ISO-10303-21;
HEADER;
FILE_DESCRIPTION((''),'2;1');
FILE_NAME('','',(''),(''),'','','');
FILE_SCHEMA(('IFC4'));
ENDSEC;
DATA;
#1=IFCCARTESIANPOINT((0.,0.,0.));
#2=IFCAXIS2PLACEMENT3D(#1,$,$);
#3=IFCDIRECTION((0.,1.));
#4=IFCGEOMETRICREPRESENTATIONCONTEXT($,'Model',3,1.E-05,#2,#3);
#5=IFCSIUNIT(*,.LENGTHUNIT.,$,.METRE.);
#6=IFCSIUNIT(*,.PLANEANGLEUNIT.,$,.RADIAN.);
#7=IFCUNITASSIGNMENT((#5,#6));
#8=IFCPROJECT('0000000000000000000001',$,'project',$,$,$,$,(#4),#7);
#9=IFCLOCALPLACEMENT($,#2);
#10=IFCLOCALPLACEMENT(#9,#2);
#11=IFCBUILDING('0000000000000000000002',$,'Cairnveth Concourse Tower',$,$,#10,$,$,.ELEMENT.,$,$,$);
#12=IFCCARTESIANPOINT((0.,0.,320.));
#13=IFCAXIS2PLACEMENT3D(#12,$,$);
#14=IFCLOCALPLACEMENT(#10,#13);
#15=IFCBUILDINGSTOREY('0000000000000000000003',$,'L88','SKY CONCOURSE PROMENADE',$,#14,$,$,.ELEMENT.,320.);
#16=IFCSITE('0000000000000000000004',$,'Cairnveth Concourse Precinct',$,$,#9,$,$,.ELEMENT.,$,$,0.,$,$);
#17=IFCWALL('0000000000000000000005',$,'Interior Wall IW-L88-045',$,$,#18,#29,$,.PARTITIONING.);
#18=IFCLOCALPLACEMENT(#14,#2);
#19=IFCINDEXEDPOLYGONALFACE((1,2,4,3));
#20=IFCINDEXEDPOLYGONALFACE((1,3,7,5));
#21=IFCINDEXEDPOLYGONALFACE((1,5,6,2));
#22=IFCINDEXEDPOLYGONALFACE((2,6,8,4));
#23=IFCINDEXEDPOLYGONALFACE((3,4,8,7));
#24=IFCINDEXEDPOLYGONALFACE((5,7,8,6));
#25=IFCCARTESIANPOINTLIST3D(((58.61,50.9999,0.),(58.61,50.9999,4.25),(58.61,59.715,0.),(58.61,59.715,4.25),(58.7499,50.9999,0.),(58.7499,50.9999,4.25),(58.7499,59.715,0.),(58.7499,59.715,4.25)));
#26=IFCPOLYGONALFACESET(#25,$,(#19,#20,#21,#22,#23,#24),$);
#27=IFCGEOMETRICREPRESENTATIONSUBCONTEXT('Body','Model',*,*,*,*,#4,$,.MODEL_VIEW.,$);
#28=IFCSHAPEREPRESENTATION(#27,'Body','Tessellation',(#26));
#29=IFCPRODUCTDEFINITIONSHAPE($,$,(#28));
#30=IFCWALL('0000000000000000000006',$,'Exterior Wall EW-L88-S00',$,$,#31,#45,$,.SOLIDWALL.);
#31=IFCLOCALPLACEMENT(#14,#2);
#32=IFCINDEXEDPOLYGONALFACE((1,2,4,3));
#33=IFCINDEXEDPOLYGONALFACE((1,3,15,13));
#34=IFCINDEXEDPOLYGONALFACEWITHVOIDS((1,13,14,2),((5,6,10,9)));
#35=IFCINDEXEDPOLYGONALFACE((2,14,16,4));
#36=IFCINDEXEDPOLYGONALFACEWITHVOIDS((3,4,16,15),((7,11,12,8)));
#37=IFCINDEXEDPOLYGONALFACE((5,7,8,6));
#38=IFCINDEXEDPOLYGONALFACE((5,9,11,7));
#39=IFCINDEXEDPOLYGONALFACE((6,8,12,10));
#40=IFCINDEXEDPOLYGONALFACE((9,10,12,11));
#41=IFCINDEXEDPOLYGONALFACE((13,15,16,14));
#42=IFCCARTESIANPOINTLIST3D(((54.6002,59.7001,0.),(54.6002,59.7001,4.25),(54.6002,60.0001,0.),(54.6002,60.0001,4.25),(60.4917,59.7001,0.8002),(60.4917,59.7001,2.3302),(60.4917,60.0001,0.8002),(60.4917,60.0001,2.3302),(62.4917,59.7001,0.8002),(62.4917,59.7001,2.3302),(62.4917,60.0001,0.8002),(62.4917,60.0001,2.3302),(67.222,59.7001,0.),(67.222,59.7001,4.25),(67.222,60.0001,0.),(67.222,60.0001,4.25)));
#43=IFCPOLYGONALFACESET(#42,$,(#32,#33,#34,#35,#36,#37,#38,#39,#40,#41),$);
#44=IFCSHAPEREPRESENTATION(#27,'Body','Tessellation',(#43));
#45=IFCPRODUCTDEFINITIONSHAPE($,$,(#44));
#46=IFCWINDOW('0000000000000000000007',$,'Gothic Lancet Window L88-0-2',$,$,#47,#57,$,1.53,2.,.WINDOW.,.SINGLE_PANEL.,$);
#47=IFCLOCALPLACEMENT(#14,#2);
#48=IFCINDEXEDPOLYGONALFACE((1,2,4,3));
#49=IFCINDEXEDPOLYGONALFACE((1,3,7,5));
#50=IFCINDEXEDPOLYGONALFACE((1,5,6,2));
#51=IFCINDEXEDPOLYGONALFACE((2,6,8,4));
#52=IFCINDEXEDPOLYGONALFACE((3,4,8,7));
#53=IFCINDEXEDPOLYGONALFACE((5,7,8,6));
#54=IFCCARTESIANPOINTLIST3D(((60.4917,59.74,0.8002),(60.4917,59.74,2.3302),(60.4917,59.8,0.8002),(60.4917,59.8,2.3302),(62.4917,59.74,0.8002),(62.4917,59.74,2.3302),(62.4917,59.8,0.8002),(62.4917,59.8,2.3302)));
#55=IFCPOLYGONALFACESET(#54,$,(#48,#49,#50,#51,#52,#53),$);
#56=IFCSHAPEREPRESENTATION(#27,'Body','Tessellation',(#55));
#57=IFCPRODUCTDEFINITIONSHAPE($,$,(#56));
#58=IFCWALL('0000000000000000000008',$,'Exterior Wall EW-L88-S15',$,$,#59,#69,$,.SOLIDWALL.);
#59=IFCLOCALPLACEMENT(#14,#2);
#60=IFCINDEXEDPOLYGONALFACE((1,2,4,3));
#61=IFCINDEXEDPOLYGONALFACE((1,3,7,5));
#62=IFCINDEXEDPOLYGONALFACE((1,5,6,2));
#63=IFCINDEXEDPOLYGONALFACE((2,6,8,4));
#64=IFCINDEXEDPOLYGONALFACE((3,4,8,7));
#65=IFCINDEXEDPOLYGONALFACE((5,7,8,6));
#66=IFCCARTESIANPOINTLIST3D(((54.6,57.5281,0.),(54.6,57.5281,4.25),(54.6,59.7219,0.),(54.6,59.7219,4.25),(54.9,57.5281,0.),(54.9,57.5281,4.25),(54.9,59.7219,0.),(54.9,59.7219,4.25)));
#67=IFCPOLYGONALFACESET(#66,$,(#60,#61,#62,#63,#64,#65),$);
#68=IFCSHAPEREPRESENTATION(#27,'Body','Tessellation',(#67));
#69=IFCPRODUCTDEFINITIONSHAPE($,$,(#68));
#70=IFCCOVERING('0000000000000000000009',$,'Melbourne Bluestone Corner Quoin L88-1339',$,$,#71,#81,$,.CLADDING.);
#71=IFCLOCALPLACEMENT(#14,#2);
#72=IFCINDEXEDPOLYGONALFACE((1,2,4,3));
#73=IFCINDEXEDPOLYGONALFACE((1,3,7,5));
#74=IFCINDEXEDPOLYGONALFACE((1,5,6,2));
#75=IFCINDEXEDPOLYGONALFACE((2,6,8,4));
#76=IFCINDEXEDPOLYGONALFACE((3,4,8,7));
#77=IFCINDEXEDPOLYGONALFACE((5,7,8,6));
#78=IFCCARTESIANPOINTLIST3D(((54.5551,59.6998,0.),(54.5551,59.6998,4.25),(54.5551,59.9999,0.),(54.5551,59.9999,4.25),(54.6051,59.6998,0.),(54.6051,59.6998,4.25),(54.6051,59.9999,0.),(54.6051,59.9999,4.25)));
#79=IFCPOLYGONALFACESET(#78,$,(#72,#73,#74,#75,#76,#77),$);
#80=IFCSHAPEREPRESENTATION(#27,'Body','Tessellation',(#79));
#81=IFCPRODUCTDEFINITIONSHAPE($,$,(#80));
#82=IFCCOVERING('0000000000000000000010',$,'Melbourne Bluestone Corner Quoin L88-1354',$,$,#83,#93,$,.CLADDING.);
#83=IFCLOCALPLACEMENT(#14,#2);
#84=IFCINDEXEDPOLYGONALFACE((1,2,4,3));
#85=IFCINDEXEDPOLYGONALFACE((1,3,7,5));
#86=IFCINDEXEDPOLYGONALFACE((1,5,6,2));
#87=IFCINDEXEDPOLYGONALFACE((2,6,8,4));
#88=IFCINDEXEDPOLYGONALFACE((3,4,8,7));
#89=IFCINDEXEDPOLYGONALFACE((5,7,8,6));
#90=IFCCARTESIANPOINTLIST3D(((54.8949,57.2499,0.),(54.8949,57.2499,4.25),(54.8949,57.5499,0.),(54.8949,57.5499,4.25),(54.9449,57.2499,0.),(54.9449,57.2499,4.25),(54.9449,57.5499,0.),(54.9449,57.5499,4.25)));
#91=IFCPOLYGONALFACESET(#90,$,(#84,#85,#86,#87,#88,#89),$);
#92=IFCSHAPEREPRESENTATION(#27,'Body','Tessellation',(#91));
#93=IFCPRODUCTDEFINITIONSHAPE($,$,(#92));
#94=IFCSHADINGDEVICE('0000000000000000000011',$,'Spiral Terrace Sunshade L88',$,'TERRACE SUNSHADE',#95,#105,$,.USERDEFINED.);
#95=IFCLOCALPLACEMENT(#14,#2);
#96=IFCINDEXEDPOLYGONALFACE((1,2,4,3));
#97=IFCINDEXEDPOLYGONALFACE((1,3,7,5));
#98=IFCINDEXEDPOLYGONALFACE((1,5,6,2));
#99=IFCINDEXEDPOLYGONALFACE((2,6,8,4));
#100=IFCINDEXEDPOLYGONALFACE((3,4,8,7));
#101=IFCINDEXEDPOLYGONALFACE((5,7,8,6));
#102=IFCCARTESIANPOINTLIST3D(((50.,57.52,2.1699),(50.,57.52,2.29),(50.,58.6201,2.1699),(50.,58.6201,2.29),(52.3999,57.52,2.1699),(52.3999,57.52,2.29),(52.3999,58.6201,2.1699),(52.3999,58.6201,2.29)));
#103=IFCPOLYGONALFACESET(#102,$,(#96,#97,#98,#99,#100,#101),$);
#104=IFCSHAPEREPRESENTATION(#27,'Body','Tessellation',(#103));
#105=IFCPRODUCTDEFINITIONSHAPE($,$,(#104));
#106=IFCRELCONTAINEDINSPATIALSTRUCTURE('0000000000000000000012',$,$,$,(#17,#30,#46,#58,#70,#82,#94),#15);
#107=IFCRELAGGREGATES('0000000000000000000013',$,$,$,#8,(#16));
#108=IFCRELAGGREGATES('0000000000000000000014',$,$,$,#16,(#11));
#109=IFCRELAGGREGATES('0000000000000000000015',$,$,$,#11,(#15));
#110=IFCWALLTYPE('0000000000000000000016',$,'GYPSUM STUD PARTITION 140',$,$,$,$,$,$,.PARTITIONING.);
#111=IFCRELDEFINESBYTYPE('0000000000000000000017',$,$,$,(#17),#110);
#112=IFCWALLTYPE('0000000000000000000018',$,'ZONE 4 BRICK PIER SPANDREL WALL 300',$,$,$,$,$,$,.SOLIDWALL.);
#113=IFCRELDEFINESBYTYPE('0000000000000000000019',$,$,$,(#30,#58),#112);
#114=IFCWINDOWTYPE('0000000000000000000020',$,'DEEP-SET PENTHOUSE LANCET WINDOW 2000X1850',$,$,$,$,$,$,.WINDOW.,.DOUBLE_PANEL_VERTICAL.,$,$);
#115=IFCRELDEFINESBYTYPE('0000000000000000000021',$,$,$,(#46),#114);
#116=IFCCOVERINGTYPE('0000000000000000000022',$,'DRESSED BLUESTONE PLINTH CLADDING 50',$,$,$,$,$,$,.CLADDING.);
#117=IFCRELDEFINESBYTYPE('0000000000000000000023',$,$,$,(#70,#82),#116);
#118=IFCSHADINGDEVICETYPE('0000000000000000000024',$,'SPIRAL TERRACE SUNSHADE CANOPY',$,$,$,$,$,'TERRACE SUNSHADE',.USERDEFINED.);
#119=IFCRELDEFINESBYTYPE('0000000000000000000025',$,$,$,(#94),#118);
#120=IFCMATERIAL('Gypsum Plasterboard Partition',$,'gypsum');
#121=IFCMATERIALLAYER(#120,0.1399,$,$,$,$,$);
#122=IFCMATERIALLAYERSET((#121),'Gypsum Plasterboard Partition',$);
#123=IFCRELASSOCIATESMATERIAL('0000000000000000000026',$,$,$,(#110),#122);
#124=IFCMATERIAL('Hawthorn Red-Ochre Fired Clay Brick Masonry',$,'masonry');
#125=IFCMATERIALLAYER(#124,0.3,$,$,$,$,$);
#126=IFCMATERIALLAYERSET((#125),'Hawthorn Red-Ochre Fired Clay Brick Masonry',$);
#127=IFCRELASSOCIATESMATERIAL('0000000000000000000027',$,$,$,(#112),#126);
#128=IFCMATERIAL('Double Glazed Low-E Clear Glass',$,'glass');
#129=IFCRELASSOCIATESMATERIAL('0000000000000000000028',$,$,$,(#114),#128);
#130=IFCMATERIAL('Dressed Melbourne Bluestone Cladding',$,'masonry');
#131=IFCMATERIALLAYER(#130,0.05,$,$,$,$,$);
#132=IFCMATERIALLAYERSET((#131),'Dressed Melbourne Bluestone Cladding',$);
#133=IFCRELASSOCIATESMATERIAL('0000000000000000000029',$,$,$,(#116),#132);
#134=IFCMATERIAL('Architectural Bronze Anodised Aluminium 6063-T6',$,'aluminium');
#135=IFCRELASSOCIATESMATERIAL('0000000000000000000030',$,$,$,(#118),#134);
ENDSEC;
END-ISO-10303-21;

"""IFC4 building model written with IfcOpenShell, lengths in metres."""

from ifc_helpers import new_model, si_unit, direction, frame, frame_2d, origin, origin_2d, place, context, subcontext, project, spatial, rectangle, extrude, material, layer, layer_set, type_object, element, fill, save


model = new_model("IFC4")

# Units and contexts
model_context = context("Model", 3, precision=1e-05, world=origin(), true_north=direction((0.0, 1.0)))
body_context = subcontext(model_context, "Body", "Model", "MODEL_VIEW")
ifc_project = project(units=[si_unit("LENGTHUNIT", "METRE"), si_unit("PLANEANGLEUNIT", "RADIAN")], contexts=[model_context])

# Site, building, storey
site_placement = place(None, origin())
site = spatial("IfcSite", under=ifc_project, at=site_placement, Name="Cairnveth Concourse Precinct", CompositionType="ELEMENT", RefElevation=0.0)
building_placement = place(site_placement, origin())
building = spatial("IfcBuilding", under=site, at=building_placement, Name="Cairnveth Concourse Tower", CompositionType="ELEMENT")
storey_placement = place(building_placement, frame((0.0, 0.0, 320.0)))
storey = spatial("IfcBuildingStorey", under=building, at=storey_placement, Name="L88", Description="SKY CONCOURSE PROMENADE", CompositionType="ELEMENT", Elevation=320.0)

# Wall
ifc_material_1 = material(Name="Gypsum Plasterboard Partition", Category="gypsum")
ifc_layer_1 = layer(ifc_material_1, 0.1399)
ifc_layer_set_1 = layer_set([ifc_layer_1], Name="Gypsum Plasterboard Partition")
wall_type_1 = type_object("IfcWallType", Name="GYPSUM STUD PARTITION 140", PredefinedType="PARTITIONING", material=ifc_layer_set_1)
wall_1_placement = place(storey_placement, frame((58.6799, 51.0, 0.0), z_axis=(0.0, 0.0, 1.0), x_axis=(0.0, 1.0, 0.0)))
element("IfcWall", 1, at=wall_1_placement, inside=storey, type_object=wall_type_1, Name="Interior Wall IW-L88-045", PredefinedType="PARTITIONING", context=body_context, shape_type="SweptSolid", body=[
    extrude(rectangle(XDim=8.7151, YDim=0.1399, at=frame_2d((4.3574, 0.0))), origin(), (0.0, 0.0, 1.0), 4.25),
])

# Wall, opening, window
ifc_material_2 = material(Name="Hawthorn Red-Ochre Fired Clay Brick Masonry", Category="masonry")
ifc_layer_2 = layer(ifc_material_2, 0.3)
ifc_layer_set_2 = layer_set([ifc_layer_2], Name="Hawthorn Red-Ochre Fired Clay Brick Masonry")
wall_type_2 = type_object("IfcWallType", Name="ZONE 4 BRICK PIER SPANDREL WALL 300", PredefinedType="SOLIDWALL", material=ifc_layer_set_2)
wall_2_placement = place(storey_placement, frame((54.6001, 59.8501, 0.0), z_axis=(0.0, 0.0, 1.0), x_axis=(1.0, 0.0, 0.0)))
wall_2 = element("IfcWall", 2, at=wall_2_placement, inside=storey, type_object=wall_type_2, Name="Exterior Wall EW-L88-S00", PredefinedType="SOLIDWALL", context=body_context, shape_type="SweptSolid", body=[
    extrude(rectangle(XDim=12.6218, YDim=0.3, at=frame_2d((6.311, 0.0))), origin(), (0.0, 0.0, 1.0), 4.25),
])
opening_placement = place(wall_2_placement, frame((5.8916, 0.0, 0.8)))
opening = element("IfcOpeningElement", 3, at=opening_placement, cuts=wall_2, PredefinedType="OPENING", context=body_context, shape_type="SweptSolid", body=[
    extrude(rectangle(XDim=2.0, YDim=1.53, at=frame_2d((1.0, 0.7651))), frame((0.0, 0.1599, 0.0), z_axis=(0.0, -1.0, 0.0), x_axis=(1.0, 0.0, 0.0)), (0.0, 0.0, 1.0), 0.3201),
])
ifc_material_3 = material(Name="Double Glazed Low-E Clear Glass", Category="glass")
window_type = type_object("IfcWindowType", Name="DEEP-SET PENTHOUSE LANCET WINDOW 2000X1850", PartitioningType="DOUBLE_PANEL_VERTICAL", PredefinedType="WINDOW", material=ifc_material_3)
window_placement = place(opening_placement, origin())
window = element("IfcWindow", 4, at=window_placement, inside=storey, type_object=window_type, Name="Gothic Lancet Window L88-0-2", OverallHeight=1.53, OverallWidth=2.0, PartitioningType="SINGLE_PANEL", PredefinedType="WINDOW", context=body_context, shape_type="SweptSolid", body=[
    extrude(rectangle(XDim=2.0, YDim=1.53, at=frame_2d((1.0, 0.7651))), frame((0.0, -0.05, 0.0), z_axis=(0.0, -1.0, 0.0), x_axis=(1.0, 0.0, 0.0)), (0.0, 0.0, 1.0), 0.0601),
])
fill(opening, window)

# Wall
wall_3_placement = place(storey_placement, frame((54.75, 57.5281, 0.0), z_axis=(0.0, 0.0, 1.0), x_axis=(0.0, 1.0, 0.0)))
element("IfcWall", 5, at=wall_3_placement, inside=storey, type_object=wall_type_2, Name="Exterior Wall EW-L88-S15", PredefinedType="SOLIDWALL", context=body_context, shape_type="SweptSolid", body=[
    extrude(rectangle(XDim=2.1938, YDim=0.3, at=frame_2d((1.0969, 0.0))), origin(), (0.0, 0.0, 1.0), 4.25),
])

# Coverings
ifc_material_4 = material(Name="Dressed Melbourne Bluestone Cladding", Category="masonry")
ifc_layer_3 = layer(ifc_material_4, 0.05)
ifc_layer_set_3 = layer_set([ifc_layer_3], Name="Dressed Melbourne Bluestone Cladding")
covering_type = type_object("IfcCoveringType", Name="DRESSED BLUESTONE PLINTH CLADDING 50", PredefinedType="CLADDING", material=ifc_layer_set_3)
for number, where, z_axis, x_axis, name in (
    (6, (54.5801, 59.7, 0.0), (0.0, 0.0, 1.0), (0.0, 1.0, 0.0), "Melbourne Bluestone Corner Quoin L88-1339"),
    (7, (54.9199, 57.25, 0.0), (0.0, 0.0, 1.0), (0.0, 1.0, 0.0), "Melbourne Bluestone Corner Quoin L88-1354"),
):
    element("IfcCovering", number, at=place(storey_placement, frame(where, z_axis=z_axis, x_axis=x_axis)), inside=storey, type_object=covering_type, Name=name, PredefinedType="CLADDING", context=body_context, shape_type="SweptSolid", body=[
        extrude(rectangle(XDim=0.3, YDim=0.05, at=frame_2d((0.1499, 0.0))), origin(), (0.0, 0.0, 1.0), 4.25),
    ])

# Shading device
ifc_material_5 = material(Name="Architectural Bronze Anodised Aluminium 6063-T6", Category="aluminium")
shading_device_type = type_object("IfcShadingDeviceType", Name="SPIRAL TERRACE SUNSHADE CANOPY", ElementType="TERRACE SUNSHADE", PredefinedType="USERDEFINED", material=ifc_material_5)
shading_device_placement = place(storey_placement, frame((51.2, 58.0701, 2.1699), z_axis=(0.0, 0.0, 1.0), x_axis=(1.0, 0.0, 0.0)))
element("IfcShadingDevice", 8, at=shading_device_placement, inside=storey, type_object=shading_device_type, Name="Spiral Terrace Sunshade L88", ObjectType="TERRACE SUNSHADE", PredefinedType="USERDEFINED", context=body_context, shape_type="SweptSolid", body=[
    extrude(rectangle(XDim=2.3999, YDim=1.1001, at=origin_2d()), origin(), (0.0, 0.0, 1.0), 0.1201),
])

save(model, "model.ifc")
